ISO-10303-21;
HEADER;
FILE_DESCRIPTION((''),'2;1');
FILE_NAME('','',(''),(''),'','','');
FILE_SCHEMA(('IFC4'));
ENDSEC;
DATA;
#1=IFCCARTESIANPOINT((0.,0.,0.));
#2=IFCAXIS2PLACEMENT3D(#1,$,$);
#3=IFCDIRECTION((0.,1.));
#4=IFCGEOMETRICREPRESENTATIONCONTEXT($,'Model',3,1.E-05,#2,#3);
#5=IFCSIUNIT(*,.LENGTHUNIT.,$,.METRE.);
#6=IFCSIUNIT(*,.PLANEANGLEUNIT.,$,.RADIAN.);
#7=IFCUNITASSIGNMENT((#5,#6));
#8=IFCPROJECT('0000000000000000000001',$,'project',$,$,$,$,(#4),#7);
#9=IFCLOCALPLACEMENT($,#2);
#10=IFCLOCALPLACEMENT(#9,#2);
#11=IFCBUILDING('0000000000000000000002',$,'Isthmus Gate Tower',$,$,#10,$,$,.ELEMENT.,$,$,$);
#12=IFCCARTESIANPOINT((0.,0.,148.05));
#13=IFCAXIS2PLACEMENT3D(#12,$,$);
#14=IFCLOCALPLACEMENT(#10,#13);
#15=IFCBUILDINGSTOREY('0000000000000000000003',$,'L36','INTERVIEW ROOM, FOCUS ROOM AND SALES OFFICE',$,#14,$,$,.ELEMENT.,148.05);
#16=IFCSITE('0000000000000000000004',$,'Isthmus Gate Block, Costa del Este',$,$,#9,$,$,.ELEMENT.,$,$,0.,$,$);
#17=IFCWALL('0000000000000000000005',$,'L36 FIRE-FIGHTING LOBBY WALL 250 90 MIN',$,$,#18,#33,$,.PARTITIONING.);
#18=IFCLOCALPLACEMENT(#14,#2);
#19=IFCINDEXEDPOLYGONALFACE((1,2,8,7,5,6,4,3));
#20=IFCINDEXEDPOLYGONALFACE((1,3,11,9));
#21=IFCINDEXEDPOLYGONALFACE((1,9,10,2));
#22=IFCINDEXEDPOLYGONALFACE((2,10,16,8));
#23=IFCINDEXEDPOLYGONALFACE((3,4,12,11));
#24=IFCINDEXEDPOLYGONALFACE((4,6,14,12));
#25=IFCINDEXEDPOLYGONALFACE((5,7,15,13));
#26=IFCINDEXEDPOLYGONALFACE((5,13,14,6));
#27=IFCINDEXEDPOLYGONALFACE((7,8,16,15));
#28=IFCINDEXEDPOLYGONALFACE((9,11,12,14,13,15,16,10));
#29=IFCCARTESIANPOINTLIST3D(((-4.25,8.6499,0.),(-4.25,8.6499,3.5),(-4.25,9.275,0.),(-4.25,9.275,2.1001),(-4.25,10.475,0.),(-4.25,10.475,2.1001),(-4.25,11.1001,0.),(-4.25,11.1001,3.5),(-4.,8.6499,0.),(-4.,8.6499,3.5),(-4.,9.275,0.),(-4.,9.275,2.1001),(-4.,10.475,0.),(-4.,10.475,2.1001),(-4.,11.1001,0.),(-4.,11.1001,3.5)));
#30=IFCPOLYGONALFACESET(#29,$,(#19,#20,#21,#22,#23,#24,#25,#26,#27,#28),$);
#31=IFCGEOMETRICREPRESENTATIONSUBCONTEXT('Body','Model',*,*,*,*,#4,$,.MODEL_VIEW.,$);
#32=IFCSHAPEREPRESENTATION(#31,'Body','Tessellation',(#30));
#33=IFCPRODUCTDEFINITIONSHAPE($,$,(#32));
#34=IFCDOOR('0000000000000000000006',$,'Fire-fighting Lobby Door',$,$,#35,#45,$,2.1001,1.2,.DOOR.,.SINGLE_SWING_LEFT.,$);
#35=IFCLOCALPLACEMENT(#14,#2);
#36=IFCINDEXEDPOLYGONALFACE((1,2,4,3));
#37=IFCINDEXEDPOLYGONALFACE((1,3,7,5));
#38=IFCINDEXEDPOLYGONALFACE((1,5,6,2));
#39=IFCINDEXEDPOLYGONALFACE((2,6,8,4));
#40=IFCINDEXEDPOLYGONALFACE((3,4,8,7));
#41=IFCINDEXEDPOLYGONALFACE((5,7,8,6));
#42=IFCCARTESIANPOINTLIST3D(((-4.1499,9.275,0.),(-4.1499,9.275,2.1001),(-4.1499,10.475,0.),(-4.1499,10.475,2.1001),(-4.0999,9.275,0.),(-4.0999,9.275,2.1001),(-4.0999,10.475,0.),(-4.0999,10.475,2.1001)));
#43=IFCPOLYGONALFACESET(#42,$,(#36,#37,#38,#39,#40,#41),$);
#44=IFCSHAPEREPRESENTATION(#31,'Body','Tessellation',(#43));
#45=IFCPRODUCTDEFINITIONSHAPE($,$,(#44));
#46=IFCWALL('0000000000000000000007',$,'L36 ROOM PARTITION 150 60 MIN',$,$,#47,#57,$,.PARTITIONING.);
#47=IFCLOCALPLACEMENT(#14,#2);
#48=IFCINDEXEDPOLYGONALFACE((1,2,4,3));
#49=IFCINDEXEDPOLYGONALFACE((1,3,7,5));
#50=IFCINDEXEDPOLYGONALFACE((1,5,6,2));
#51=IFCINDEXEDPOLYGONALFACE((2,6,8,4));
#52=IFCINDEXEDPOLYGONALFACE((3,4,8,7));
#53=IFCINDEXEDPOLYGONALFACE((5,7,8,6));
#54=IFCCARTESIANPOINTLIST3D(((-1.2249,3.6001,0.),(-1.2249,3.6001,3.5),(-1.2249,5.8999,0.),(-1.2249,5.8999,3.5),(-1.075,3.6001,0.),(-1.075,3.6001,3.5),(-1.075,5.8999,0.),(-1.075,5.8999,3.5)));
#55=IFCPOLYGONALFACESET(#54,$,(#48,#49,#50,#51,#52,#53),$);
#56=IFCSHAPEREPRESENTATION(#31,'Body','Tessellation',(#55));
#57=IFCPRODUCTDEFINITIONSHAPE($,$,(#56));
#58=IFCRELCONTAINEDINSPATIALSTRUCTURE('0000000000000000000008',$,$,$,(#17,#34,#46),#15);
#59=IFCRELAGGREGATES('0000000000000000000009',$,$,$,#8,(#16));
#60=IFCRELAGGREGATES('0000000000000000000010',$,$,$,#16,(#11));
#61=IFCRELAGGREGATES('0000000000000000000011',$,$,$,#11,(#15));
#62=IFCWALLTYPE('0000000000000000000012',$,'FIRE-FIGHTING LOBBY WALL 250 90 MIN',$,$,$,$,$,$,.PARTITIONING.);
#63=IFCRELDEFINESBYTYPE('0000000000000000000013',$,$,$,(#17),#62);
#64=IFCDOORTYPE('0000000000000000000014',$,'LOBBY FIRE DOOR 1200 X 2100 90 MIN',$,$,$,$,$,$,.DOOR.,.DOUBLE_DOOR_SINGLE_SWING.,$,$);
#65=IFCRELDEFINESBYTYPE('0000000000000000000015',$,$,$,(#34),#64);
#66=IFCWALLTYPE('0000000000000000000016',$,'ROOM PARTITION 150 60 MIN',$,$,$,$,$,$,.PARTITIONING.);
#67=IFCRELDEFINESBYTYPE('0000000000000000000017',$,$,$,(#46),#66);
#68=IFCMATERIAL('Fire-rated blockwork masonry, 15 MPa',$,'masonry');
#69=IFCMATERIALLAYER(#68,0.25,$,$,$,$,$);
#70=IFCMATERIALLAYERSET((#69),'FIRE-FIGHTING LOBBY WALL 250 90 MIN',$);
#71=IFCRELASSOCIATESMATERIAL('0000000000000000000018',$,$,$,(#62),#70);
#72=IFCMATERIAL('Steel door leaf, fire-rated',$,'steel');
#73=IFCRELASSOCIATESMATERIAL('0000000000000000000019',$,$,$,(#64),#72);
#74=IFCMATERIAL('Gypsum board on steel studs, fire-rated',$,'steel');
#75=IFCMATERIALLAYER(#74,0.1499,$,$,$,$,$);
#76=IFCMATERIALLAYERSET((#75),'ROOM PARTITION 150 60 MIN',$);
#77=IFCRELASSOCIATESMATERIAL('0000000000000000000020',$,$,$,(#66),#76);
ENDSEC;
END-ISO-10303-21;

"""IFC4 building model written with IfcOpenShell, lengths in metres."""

from ifc_helpers import new_model, si_unit, direction, frame, frame_2d, origin, place, context, subcontext, project, spatial, rectangle, extrude, material, layer, layer_set, type_object, element, fill, save


model = new_model("IFC4")

# Units and contexts
model_context = context("Model", 3, precision=1e-05, world=origin(), true_north=direction((0.0, 1.0)))
body_context = subcontext(model_context, "Body", "Model", "MODEL_VIEW")
ifc_project = project(units=[si_unit("LENGTHUNIT", "METRE"), si_unit("PLANEANGLEUNIT", "RADIAN")], contexts=[model_context])

# Site, building, storey
site_placement = place(None, origin())
site = spatial("IfcSite", under=ifc_project, at=site_placement, Name="Isthmus Gate Block, Costa del Este", CompositionType="ELEMENT", RefElevation=0.0)
building_placement = place(site_placement, origin())
building = spatial("IfcBuilding", under=site, at=building_placement, Name="Isthmus Gate Tower", CompositionType="ELEMENT")
storey_placement = place(building_placement, frame((0.0, 0.0, 148.05)))
storey = spatial("IfcBuildingStorey", under=building, at=storey_placement, Name="L36", Description="INTERVIEW ROOM, FOCUS ROOM AND SALES OFFICE", CompositionType="ELEMENT", Elevation=148.05)

# Wall, opening, door
ifc_material_1 = material(Name="Fire-rated blockwork masonry, 15 MPa", Category="masonry")
ifc_layer_1 = layer(ifc_material_1, 0.25)
ifc_layer_set_1 = layer_set([ifc_layer_1], Name="FIRE-FIGHTING LOBBY WALL 250 90 MIN")
wall_type_1 = type_object("IfcWallType", Name="FIRE-FIGHTING LOBBY WALL 250 90 MIN", PredefinedType="PARTITIONING", material=ifc_layer_set_1)
wall_1_placement = place(storey_placement, frame((-4.125, 8.6499, 0.0), z_axis=(0.0, 0.0, 1.0), x_axis=(0.0, 1.0, 0.0)))
wall_1 = element("IfcWall", 1, at=wall_1_placement, inside=storey, type_object=wall_type_1, Name="L36 FIRE-FIGHTING LOBBY WALL 250 90 MIN", PredefinedType="PARTITIONING", context=body_context, shape_type="SweptSolid", body=[
    extrude(rectangle(XDim=2.4502, YDim=0.25, at=frame_2d((1.2251, 0.0))), origin(), (0.0, 0.0, 1.0), 3.5),
])
opening_1_placement = place(wall_1_placement, frame((0.625, 0.0, 0.0)))
opening_1 = element("IfcOpeningElement", 2, at=opening_1_placement, cuts=wall_1, PredefinedType="OPENING", context=body_context, shape_type="SweptSolid", body=[
    extrude(rectangle(XDim=1.2, YDim=2.1001, at=frame_2d((0.6001, 1.05))), frame((0.0, 0.135, 0.0), z_axis=(0.0, -1.0, 0.0), x_axis=(1.0, 0.0, 0.0)), (0.0, 0.0, 1.0), 0.27),
])
ifc_material_2 = material(Name="Steel door leaf, fire-rated", Category="steel")
door_type_1 = type_object("IfcDoorType", Name="LOBBY FIRE DOOR 1200 X 2100 90 MIN", OperationType="DOUBLE_DOOR_SINGLE_SWING", PredefinedType="DOOR", material=ifc_material_2)
door_1_placement = place(opening_1_placement, origin())
door_1 = element("IfcDoor", 3, at=door_1_placement, inside=storey, type_object=door_type_1, Name="Fire-fighting Lobby Door", OperationType="SINGLE_SWING_LEFT", OverallHeight=2.1001, OverallWidth=1.2, PredefinedType="DOOR", context=body_context, shape_type="SweptSolid", body=[
    extrude(rectangle(XDim=1.2, YDim=2.1001, at=frame_2d((0.6001, 1.05))), frame((0.0, 0.0249, 0.0), z_axis=(0.0, -1.0, 0.0), x_axis=(1.0, 0.0, 0.0)), (0.0, 0.0, 1.0), 0.05),
])
fill(opening_1, door_1)

# Wall
ifc_material_3 = material(Name="Gypsum board on steel studs, fire-rated", Category="steel")
ifc_layer_2 = layer(ifc_material_3, 0.1499)
ifc_layer_set_2 = layer_set([ifc_layer_2], Name="ROOM PARTITION 150 60 MIN")
wall_type_2 = type_object("IfcWallType", Name="ROOM PARTITION 150 60 MIN", PredefinedType="PARTITIONING", material=ifc_layer_set_2)
wall_2_placement = place(storey_placement, frame((-1.1499, 3.6001, 0.0), z_axis=(0.0, 0.0, 1.0), x_axis=(0.0, 1.0, 0.0)))
element("IfcWall", 4, at=wall_2_placement, inside=storey, type_object=wall_type_2, Name="L36 ROOM PARTITION 150 60 MIN", PredefinedType="PARTITIONING", context=body_context, shape_type="SweptSolid", body=[
    extrude(rectangle(XDim=2.2998, YDim=0.1499, at=frame_2d((1.1499, 0.0))), origin(), (0.0, 0.0, 1.0), 3.5),
])

save(model, "model.ifc")
